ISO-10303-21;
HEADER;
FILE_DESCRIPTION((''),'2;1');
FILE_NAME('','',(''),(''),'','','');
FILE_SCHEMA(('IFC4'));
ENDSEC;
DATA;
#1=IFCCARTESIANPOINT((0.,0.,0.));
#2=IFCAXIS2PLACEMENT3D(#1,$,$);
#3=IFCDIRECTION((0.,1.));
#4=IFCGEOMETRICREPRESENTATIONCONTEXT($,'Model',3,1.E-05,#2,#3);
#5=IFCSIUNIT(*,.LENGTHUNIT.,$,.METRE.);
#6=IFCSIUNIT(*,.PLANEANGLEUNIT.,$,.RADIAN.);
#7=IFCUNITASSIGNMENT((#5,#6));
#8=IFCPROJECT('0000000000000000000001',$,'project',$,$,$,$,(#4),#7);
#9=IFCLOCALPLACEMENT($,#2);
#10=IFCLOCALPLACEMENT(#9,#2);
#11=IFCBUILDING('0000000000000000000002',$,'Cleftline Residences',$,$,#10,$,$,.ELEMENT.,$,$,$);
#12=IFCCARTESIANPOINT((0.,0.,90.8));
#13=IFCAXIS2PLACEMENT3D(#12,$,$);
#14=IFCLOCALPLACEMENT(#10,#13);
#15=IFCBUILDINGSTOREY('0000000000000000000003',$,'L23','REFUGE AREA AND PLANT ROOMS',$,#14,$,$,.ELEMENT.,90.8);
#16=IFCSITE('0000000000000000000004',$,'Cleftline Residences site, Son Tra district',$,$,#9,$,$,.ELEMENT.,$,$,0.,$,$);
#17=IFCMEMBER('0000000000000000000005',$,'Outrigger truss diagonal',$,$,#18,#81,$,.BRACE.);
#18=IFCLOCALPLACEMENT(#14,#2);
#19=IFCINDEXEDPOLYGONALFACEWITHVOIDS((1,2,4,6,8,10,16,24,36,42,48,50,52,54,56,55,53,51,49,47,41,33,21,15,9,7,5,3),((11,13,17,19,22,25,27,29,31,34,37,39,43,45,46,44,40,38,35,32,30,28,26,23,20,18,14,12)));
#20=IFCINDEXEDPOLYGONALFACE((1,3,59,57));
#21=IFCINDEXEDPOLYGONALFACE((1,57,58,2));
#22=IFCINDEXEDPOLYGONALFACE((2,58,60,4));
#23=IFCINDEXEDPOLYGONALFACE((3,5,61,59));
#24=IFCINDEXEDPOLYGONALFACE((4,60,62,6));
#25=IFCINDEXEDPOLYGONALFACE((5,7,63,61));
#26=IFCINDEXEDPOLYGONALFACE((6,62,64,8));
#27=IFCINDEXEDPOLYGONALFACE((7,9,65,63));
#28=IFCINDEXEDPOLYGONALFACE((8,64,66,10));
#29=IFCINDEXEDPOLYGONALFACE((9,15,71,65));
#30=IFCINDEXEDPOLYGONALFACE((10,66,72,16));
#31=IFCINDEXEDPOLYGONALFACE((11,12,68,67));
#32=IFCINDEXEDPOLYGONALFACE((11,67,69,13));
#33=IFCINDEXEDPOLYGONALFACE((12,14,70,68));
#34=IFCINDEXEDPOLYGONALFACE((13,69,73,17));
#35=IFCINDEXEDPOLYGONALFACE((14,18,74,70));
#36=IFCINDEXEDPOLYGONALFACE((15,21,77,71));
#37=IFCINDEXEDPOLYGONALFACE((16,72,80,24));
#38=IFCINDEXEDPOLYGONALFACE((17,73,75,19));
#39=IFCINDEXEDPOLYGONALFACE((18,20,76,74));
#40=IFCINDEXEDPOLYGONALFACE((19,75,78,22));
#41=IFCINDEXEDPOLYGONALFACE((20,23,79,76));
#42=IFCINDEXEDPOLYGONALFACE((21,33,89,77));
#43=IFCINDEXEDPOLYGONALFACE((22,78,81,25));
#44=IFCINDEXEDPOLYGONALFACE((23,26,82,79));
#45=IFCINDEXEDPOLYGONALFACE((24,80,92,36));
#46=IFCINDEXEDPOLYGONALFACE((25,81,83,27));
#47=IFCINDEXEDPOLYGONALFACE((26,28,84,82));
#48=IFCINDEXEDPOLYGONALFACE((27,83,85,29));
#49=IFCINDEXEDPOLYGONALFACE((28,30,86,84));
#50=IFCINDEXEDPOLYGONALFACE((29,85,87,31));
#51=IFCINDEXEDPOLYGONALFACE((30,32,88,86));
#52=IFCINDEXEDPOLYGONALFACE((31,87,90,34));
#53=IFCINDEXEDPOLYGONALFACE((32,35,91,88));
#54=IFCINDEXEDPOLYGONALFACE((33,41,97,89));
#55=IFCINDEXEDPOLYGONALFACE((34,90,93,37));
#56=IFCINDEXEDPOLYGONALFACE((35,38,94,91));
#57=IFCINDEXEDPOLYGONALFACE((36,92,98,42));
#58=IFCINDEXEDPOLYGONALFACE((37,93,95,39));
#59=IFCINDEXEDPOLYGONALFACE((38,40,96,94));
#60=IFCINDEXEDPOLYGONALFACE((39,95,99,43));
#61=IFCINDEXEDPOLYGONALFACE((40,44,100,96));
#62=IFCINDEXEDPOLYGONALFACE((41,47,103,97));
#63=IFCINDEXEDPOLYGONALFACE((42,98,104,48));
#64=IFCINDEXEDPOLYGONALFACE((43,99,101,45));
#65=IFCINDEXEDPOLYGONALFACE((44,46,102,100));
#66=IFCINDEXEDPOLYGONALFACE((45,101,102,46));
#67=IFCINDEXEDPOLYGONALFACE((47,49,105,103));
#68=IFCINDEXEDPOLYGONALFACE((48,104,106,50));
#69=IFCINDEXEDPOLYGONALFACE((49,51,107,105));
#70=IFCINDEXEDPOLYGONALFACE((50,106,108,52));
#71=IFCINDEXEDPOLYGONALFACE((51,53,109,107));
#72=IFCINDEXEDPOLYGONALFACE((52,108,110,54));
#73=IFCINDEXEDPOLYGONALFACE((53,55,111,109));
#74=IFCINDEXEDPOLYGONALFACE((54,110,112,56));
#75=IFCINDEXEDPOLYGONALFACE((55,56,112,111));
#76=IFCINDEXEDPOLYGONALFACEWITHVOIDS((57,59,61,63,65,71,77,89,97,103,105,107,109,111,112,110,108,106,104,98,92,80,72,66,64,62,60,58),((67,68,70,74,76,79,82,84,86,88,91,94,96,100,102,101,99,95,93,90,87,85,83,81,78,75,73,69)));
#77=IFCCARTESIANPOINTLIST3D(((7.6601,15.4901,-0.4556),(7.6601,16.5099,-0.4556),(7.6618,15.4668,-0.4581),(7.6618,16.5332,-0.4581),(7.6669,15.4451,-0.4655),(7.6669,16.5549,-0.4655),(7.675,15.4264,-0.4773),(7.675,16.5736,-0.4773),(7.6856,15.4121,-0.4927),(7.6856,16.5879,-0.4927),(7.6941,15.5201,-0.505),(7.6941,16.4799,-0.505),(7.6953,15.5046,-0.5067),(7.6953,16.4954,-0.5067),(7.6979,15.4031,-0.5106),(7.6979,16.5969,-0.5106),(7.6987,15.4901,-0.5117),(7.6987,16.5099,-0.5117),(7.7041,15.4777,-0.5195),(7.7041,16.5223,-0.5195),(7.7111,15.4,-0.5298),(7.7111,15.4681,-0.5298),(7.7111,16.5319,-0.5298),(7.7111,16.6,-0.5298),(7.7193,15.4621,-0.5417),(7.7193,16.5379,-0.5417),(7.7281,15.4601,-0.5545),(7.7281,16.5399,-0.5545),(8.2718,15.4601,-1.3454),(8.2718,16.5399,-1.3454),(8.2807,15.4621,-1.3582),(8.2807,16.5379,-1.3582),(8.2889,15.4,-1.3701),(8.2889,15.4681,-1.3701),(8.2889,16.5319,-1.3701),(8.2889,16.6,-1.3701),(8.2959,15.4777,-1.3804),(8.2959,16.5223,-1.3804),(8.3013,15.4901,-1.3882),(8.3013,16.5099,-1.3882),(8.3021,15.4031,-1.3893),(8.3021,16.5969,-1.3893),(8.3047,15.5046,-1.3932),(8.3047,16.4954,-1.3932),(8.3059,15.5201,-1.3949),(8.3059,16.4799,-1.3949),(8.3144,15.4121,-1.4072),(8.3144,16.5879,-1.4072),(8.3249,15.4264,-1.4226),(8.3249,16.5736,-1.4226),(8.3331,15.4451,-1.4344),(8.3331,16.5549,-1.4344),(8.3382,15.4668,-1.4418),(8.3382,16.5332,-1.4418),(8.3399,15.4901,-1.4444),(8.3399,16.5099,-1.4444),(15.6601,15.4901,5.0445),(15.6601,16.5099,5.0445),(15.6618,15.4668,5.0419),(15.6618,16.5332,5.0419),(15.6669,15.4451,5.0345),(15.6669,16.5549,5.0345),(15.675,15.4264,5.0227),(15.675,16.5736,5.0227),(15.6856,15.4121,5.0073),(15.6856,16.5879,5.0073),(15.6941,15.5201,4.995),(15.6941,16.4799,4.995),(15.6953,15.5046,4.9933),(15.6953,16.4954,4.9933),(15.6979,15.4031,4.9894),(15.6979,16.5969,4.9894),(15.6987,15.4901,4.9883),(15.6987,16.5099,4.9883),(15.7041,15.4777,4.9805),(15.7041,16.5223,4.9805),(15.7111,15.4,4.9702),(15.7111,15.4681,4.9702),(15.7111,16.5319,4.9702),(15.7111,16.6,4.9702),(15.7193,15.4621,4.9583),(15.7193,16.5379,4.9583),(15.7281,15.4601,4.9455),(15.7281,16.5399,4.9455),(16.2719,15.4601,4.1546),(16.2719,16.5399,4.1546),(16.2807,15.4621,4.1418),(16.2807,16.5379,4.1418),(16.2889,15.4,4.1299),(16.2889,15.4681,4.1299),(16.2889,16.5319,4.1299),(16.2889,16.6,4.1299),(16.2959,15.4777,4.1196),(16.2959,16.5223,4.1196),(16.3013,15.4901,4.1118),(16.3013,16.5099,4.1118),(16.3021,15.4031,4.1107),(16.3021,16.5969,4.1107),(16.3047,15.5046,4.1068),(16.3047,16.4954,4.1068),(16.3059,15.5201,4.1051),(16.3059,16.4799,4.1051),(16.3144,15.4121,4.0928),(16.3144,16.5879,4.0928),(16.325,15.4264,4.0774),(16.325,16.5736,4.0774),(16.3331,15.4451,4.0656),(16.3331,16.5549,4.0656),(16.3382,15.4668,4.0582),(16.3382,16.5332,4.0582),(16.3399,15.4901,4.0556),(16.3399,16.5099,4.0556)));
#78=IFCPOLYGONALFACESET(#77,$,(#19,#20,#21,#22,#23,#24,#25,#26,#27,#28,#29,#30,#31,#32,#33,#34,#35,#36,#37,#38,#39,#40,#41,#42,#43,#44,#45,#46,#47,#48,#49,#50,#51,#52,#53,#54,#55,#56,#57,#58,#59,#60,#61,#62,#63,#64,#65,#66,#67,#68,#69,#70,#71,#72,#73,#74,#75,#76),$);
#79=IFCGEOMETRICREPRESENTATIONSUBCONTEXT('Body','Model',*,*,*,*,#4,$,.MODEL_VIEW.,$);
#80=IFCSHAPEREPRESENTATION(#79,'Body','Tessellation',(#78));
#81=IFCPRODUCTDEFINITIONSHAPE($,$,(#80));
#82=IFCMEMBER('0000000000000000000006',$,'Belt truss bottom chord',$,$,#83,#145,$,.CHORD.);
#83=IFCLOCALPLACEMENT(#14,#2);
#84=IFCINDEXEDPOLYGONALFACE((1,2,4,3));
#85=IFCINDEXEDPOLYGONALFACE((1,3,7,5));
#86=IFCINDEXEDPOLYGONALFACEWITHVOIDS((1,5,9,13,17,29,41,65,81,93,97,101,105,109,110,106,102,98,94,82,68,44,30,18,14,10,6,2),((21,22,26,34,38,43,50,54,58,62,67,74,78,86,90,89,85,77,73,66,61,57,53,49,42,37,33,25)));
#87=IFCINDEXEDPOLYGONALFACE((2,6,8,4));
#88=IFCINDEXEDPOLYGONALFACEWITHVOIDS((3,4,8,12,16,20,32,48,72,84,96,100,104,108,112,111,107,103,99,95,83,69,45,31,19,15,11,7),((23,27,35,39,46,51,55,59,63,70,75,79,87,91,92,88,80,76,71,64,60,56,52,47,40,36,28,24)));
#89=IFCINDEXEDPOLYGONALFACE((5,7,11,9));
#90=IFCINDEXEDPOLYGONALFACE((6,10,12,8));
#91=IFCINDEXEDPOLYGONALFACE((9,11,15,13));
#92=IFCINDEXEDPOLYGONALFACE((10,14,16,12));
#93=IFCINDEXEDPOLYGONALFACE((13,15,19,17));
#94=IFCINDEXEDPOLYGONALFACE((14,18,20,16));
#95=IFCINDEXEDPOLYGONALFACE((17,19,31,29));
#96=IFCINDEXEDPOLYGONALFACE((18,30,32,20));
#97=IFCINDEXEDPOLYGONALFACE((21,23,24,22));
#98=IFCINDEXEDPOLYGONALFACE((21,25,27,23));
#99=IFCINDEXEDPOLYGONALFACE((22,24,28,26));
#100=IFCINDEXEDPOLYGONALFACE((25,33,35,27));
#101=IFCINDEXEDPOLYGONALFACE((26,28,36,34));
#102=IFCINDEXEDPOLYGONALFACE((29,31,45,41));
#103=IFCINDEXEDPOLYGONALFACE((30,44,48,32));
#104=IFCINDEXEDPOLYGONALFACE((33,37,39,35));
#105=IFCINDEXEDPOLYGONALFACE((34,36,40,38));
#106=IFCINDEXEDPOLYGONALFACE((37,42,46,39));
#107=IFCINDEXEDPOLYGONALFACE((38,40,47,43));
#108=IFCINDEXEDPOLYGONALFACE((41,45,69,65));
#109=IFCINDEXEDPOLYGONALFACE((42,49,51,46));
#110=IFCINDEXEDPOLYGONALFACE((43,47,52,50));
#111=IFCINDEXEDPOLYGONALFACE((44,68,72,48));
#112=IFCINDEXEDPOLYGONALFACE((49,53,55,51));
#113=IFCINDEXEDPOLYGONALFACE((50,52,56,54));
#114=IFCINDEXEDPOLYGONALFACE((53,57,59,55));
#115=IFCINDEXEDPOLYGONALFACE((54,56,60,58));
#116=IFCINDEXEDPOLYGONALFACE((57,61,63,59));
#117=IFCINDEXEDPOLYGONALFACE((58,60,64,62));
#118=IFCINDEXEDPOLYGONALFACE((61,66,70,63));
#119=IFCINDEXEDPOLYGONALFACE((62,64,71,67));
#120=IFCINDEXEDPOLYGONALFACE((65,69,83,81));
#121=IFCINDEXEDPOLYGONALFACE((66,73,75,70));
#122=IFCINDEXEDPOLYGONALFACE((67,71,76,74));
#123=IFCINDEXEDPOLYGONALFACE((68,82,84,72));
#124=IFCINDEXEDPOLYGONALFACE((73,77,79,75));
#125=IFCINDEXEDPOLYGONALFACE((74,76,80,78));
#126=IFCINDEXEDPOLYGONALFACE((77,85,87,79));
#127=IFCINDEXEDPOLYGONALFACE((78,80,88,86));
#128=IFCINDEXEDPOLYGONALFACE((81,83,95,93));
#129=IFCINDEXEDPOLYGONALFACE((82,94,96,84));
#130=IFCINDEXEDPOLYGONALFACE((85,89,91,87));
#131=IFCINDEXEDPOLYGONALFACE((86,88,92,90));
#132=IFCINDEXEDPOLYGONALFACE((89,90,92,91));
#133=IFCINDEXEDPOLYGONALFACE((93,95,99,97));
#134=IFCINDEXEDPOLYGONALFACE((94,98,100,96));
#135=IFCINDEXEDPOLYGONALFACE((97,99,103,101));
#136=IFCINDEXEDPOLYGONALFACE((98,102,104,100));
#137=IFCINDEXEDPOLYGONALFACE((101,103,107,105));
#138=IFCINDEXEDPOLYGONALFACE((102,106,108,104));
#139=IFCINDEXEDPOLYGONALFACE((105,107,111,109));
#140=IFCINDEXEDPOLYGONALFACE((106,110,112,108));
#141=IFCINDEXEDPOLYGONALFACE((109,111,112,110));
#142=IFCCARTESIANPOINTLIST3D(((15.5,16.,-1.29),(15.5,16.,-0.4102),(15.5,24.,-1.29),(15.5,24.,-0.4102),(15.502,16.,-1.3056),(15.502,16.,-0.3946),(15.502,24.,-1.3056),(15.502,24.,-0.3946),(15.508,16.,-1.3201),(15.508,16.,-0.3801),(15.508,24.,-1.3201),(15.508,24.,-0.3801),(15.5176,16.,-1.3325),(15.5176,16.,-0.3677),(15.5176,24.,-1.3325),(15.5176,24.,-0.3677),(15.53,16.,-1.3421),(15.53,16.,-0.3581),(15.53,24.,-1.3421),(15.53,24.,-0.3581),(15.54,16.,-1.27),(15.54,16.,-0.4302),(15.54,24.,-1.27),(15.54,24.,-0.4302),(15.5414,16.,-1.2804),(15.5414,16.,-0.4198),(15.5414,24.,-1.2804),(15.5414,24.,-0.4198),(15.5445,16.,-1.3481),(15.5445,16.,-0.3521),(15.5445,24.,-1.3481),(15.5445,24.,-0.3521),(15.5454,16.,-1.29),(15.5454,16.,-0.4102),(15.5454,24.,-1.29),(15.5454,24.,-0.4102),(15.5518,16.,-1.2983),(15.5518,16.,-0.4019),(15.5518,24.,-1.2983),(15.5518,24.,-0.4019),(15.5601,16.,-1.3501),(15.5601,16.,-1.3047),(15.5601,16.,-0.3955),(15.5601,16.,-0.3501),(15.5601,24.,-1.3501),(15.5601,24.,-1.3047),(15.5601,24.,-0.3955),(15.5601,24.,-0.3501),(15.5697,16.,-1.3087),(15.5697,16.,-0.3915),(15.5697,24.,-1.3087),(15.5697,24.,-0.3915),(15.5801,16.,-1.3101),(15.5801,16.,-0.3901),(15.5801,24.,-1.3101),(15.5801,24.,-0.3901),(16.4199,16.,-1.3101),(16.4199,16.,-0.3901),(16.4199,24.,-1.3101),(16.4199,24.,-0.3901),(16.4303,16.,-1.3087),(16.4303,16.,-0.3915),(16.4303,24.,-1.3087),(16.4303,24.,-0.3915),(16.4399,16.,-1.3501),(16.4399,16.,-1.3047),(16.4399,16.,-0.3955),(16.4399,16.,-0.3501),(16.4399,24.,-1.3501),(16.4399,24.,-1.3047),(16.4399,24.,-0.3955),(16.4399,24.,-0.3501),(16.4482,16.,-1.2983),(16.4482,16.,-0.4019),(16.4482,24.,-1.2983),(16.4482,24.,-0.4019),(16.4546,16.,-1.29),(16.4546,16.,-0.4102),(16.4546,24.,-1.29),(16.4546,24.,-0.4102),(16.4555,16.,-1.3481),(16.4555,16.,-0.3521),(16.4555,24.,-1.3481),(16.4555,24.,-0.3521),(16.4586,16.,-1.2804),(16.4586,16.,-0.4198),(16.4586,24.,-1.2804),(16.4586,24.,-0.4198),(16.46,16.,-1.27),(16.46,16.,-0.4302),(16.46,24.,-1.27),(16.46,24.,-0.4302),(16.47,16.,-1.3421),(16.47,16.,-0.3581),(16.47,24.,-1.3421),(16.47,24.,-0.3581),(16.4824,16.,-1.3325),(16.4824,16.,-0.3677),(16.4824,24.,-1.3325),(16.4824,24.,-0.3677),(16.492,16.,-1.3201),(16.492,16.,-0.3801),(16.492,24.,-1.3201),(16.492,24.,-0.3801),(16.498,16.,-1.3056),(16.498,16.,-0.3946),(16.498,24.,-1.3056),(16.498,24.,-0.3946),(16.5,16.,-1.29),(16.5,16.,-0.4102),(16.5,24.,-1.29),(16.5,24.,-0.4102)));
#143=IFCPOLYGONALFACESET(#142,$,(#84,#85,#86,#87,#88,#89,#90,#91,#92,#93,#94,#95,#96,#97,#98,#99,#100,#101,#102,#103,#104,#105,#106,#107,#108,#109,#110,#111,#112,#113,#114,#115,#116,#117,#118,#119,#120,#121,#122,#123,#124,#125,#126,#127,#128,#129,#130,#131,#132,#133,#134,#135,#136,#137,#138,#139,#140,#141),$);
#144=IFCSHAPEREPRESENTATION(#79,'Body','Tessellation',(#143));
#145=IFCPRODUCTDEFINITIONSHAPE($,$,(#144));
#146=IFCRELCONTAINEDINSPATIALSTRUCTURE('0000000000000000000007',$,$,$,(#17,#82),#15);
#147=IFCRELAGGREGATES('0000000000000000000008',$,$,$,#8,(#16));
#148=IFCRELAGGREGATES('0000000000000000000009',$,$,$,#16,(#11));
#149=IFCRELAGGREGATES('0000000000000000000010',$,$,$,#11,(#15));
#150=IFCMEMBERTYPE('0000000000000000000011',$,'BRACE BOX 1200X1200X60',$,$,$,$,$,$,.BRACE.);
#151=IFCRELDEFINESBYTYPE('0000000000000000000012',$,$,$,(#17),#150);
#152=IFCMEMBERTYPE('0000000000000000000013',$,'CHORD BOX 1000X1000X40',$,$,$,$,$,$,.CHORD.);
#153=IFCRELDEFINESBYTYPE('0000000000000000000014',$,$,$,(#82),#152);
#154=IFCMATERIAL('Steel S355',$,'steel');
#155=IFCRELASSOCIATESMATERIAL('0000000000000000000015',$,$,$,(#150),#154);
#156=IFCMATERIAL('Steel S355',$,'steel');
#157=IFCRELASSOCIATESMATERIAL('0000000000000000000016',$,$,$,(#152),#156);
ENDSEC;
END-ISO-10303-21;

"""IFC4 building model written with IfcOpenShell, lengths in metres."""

from ifc_helpers import new_model, si_unit, direction, frame, origin, origin_2d, place, context, subcontext, project, spatial, hollow_rectangle, extrude, material, material_profile, profile_set, type_object, element, save


model = new_model("IFC4")

# Units and contexts
model_context = context("Model", 3, precision=1e-05, world=origin(), true_north=direction((0.0, 1.0)))
body_context = subcontext(model_context, "Body", "Model", "MODEL_VIEW")
ifc_project = project(units=[si_unit("LENGTHUNIT", "METRE"), si_unit("PLANEANGLEUNIT", "RADIAN")], contexts=[model_context])

# Site, building, storey
site_placement = place(None, origin())
site = spatial("IfcSite", under=ifc_project, at=site_placement, Name="Cleftline Residences site, Son Tra district", CompositionType="ELEMENT", RefElevation=0.0)
building_placement = place(site_placement, origin())
building = spatial("IfcBuilding", under=site, at=building_placement, Name="Cleftline Residences", CompositionType="ELEMENT")
storey_placement = place(building_placement, frame((0.0, 0.0, 90.8)))
storey = spatial("IfcBuildingStorey", under=building, at=storey_placement, Name="L23", Description="REFUGE AREA AND PLANT ROOMS", CompositionType="ELEMENT", Elevation=90.8)

# Members
ifc_material_1 = material(Name="Steel S355", Category="steel")
ifc_material_profile_1 = material_profile(ifc_material_1, hollow_rectangle(XDim=1.2, YDim=1.2, WallThickness=0.0601, InnerFilletRadius=0.0601, OuterFilletRadius=0.0901, at=origin_2d()))
ifc_profile_set_1 = profile_set([ifc_material_profile_1], Name="Steel S355")
member_type_1 = type_object("IfcMemberType", Name="BRACE BOX 1200X1200X60", PredefinedType="BRACE", material=ifc_profile_set_1)
member_1_placement = place(storey_placement, frame((16.0, 16.0, 4.55), z_axis=(-0.824042, 0.0, -0.566529), x_axis=(-0.566529, 0.0, 0.824042)))
element("IfcMember", 1, at=member_1_placement, inside=storey, type_object=member_type_1, Name="Outrigger truss diagonal", PredefinedType="BRACE", context=body_context, shape_type="SweptSolid", body=[
    extrude(hollow_rectangle(XDim=1.2, YDim=1.2, WallThickness=0.0601, InnerFilletRadius=0.0601, OuterFilletRadius=0.0901, at=origin_2d()), origin(), (0.0, 0.0, 1.0), 9.7083),
])
ifc_material_2 = material(Name="Steel S355", Category="steel")
ifc_material_profile_2 = material_profile(ifc_material_2, hollow_rectangle(XDim=1.0, YDim=1.0, WallThickness=0.04, InnerFilletRadius=0.04, OuterFilletRadius=0.0601, at=origin_2d()))
ifc_profile_set_2 = profile_set([ifc_material_profile_2], Name="Steel S355")
member_type_2 = type_object("IfcMemberType", Name="CHORD BOX 1000X1000X40", PredefinedType="CHORD", material=ifc_profile_set_2)
for number, where, z_axis, x_axis, name in (
    (2, (16.0, 16.0, -0.8501), (0.0, 1.0, 0.0), (-1.0, 0.0, 0.0), "Belt truss bottom chord"),
):
    element("IfcMember", number, at=place(storey_placement, frame(where, z_axis=z_axis, x_axis=x_axis)), inside=storey, type_object=member_type_2, Name=name, PredefinedType="CHORD", context=body_context, shape_type="SweptSolid", body=[
        extrude(hollow_rectangle(XDim=1.0, YDim=1.0, WallThickness=0.04, InnerFilletRadius=0.04, OuterFilletRadius=0.0601, at=origin_2d()), origin(), (0.0, 0.0, 1.0), 8.0),
    ])

save(model, "model.ifc")
